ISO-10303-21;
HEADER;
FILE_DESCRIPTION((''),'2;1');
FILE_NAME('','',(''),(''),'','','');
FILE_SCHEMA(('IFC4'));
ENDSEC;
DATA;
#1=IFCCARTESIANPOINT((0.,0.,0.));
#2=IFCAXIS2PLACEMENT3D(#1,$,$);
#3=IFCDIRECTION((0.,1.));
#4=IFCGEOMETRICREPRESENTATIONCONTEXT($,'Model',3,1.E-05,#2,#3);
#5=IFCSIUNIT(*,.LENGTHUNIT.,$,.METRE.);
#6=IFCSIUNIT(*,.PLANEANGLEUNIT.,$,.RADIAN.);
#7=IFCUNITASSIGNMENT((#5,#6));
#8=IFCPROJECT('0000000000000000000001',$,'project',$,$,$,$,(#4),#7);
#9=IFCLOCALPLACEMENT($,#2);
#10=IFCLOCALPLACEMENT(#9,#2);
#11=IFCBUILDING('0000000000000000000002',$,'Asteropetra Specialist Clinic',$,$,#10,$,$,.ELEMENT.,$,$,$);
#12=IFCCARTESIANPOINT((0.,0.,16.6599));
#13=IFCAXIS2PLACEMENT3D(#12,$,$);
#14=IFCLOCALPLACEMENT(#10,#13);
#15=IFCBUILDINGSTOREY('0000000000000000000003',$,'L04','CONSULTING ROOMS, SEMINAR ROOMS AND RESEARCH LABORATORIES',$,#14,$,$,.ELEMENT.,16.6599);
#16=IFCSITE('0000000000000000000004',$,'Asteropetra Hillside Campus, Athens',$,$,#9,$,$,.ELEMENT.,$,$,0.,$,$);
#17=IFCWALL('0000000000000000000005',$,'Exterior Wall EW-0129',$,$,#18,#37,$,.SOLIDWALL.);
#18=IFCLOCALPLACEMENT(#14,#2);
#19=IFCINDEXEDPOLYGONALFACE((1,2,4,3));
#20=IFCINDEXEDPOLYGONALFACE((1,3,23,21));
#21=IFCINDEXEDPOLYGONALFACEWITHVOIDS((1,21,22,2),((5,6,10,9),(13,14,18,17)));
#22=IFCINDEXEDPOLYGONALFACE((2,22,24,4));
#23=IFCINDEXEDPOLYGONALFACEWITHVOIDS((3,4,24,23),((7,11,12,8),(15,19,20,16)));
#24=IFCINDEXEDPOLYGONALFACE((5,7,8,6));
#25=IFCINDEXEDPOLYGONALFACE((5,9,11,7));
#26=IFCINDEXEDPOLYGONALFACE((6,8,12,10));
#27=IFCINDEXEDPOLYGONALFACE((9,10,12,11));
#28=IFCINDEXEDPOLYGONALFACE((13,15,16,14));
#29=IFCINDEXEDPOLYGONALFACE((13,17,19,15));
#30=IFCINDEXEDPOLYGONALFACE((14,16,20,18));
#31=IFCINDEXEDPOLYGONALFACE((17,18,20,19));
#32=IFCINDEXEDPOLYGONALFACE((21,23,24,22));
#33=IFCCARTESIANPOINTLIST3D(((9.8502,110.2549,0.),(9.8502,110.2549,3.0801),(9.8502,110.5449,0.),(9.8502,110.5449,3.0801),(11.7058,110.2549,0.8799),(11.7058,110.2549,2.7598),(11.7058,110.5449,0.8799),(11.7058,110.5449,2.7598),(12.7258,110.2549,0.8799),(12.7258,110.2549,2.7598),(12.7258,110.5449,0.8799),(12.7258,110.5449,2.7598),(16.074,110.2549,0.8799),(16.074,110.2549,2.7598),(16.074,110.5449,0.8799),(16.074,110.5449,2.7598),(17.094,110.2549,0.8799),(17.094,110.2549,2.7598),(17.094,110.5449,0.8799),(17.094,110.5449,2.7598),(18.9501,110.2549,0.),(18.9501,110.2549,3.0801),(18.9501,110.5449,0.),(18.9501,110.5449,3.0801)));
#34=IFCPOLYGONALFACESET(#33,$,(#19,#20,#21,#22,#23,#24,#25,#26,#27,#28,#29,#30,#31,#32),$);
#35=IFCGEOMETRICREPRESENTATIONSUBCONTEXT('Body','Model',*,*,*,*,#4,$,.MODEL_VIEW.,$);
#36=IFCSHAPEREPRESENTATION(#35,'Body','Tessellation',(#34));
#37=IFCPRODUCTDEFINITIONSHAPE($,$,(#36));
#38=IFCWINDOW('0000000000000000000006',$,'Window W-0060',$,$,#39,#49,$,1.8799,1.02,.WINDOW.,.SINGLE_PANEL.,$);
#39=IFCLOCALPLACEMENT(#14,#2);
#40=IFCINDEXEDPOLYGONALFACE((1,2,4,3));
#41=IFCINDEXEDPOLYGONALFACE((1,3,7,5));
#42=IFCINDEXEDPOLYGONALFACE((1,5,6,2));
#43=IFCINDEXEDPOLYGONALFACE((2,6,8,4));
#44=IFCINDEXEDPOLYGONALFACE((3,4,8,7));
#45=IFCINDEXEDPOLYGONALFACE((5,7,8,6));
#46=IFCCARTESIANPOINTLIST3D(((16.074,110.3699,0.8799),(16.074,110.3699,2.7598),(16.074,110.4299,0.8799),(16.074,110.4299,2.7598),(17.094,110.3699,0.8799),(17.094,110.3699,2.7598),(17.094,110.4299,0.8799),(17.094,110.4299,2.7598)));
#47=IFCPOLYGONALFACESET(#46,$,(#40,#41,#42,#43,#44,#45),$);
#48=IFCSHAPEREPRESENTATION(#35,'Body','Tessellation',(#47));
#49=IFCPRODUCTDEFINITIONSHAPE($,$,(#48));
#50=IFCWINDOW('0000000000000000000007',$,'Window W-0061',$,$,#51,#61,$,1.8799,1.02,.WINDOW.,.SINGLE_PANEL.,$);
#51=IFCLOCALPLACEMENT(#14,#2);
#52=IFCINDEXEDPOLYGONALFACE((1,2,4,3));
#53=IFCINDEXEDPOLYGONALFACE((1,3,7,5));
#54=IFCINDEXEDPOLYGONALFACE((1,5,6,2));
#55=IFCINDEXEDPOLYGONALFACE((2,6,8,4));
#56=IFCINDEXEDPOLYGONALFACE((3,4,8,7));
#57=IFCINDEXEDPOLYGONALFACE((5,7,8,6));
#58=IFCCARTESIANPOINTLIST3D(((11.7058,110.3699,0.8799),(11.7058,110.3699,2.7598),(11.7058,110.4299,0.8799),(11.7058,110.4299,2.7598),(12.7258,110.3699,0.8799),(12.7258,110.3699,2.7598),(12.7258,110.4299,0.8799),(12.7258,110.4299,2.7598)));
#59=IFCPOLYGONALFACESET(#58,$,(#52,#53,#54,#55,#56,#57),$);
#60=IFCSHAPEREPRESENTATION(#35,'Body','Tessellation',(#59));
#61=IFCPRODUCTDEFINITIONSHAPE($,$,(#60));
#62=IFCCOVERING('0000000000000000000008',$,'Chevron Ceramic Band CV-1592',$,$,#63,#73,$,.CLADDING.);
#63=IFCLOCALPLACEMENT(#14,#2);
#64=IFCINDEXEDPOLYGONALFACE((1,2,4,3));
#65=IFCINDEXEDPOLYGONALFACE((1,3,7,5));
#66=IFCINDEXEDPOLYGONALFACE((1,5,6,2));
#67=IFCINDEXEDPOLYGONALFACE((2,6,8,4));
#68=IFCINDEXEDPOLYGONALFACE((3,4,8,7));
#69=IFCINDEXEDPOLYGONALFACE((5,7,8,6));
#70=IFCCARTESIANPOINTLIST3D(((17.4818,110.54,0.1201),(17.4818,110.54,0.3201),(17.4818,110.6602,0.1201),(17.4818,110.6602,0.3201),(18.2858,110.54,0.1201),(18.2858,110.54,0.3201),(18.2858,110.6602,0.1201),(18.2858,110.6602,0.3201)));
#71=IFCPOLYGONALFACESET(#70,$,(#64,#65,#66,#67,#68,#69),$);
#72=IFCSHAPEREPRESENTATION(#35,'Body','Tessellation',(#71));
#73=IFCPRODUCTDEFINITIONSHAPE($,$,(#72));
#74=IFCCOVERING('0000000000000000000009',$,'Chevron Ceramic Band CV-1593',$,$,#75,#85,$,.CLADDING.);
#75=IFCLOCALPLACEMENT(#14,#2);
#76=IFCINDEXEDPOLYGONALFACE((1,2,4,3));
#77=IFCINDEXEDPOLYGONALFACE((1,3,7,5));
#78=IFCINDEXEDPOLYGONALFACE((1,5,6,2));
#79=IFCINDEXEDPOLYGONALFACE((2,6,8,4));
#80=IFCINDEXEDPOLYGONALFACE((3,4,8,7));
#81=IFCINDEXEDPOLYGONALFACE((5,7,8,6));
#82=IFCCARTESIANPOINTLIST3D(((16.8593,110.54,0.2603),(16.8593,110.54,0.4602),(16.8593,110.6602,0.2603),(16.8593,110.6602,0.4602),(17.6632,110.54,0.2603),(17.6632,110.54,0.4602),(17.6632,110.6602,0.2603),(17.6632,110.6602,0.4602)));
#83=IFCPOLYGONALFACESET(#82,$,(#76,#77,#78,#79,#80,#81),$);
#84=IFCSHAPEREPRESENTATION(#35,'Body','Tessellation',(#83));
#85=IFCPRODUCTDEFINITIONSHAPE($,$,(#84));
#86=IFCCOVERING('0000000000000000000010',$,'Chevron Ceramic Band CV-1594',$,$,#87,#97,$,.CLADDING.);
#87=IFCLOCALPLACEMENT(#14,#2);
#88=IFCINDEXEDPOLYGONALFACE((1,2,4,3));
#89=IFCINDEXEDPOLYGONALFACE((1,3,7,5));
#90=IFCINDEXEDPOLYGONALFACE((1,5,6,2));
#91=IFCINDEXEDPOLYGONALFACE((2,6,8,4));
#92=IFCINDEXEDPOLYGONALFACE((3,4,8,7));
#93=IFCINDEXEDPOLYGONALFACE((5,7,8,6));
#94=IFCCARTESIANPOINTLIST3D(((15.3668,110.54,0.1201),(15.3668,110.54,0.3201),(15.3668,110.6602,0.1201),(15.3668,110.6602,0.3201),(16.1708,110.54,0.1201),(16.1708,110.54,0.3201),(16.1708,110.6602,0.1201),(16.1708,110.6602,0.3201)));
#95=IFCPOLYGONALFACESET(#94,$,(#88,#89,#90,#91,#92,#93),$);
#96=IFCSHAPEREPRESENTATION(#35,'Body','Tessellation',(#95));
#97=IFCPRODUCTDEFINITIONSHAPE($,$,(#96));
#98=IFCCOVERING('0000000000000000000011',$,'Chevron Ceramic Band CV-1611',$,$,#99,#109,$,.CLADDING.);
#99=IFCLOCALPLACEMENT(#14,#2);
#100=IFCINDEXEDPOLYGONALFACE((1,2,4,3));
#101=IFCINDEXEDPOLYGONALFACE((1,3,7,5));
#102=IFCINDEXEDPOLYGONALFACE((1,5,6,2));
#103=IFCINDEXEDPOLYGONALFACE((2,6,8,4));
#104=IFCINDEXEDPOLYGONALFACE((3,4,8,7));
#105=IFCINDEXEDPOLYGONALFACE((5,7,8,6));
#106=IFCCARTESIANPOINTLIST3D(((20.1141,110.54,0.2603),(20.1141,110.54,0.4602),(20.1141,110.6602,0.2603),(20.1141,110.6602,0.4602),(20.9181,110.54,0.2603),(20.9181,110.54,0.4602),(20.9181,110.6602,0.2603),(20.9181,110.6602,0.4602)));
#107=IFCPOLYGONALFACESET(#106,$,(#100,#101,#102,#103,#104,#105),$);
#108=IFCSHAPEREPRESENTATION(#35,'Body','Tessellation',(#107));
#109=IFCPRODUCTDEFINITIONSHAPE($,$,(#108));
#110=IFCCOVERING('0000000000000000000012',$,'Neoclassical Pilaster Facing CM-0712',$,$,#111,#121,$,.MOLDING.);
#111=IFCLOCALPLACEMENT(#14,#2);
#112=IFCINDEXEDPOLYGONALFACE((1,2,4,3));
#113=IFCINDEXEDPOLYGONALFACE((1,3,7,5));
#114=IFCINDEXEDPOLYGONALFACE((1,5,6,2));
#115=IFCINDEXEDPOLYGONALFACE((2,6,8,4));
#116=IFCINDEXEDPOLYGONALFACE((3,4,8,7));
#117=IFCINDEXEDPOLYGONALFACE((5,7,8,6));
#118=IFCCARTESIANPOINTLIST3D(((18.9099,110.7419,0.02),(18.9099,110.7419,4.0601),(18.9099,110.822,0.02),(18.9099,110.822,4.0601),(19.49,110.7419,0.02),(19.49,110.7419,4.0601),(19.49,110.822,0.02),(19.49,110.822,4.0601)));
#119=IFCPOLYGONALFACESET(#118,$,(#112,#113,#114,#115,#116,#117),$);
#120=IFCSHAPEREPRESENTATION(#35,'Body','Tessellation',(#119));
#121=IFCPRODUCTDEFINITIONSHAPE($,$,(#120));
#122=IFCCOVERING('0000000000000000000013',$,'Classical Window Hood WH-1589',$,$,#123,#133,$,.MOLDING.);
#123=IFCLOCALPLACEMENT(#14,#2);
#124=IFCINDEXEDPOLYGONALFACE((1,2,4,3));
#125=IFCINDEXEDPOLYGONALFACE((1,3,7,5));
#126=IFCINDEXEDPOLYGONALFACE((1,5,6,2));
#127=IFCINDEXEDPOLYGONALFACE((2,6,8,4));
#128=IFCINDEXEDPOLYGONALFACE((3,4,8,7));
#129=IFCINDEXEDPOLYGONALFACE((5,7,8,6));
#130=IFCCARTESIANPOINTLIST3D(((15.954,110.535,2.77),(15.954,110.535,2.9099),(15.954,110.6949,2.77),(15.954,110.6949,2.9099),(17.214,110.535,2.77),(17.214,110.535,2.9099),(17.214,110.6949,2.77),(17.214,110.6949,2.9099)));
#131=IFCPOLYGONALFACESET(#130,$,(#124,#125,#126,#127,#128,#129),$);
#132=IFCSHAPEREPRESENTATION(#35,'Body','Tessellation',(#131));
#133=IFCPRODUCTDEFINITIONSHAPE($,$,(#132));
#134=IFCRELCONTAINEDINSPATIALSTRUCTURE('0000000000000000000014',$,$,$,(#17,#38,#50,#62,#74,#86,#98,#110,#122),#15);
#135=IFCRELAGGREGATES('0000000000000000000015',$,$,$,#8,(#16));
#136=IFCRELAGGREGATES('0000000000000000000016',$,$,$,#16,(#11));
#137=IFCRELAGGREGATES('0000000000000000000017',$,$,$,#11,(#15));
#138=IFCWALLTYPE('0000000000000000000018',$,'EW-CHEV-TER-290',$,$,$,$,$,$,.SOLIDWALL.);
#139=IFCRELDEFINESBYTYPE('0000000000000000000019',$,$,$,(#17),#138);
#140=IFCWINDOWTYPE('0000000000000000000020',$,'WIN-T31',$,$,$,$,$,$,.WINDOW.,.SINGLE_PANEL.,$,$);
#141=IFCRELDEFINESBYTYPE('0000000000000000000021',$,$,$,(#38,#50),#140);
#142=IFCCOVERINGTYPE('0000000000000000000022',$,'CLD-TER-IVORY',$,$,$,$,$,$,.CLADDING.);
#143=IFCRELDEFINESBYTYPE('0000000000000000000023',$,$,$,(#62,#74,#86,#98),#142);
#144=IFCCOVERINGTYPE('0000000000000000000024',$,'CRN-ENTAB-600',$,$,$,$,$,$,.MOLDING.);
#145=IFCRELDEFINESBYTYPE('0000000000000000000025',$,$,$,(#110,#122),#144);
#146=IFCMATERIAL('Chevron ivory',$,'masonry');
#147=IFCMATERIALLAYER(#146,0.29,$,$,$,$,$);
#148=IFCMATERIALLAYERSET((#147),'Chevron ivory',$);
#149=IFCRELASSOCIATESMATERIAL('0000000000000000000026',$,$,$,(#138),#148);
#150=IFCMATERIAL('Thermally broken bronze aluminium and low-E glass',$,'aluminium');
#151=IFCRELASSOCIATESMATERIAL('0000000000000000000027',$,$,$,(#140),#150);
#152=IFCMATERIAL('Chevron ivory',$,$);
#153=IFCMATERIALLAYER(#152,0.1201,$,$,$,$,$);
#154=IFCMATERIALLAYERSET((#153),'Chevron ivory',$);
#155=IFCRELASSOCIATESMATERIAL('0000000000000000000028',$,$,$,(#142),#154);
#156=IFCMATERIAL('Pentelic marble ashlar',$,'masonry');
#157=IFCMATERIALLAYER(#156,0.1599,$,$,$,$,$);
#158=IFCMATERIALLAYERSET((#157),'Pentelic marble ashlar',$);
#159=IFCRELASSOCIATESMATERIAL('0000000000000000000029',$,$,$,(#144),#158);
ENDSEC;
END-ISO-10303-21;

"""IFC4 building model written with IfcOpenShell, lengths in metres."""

from ifc_helpers import new_model, si_unit, direction, frame, frame_2d, origin, origin_2d, place, context, subcontext, project, spatial, rectangle, extrude, material, layer, layer_set, type_object, element, fill, save


model = new_model("IFC4")

# Units and contexts
model_context = context("Model", 3, precision=1e-05, world=origin(), true_north=direction((0.0, 1.0)))
body_context = subcontext(model_context, "Body", "Model", "MODEL_VIEW")
ifc_project = project(units=[si_unit("LENGTHUNIT", "METRE"), si_unit("PLANEANGLEUNIT", "RADIAN")], contexts=[model_context])

# Site, building, storey
site_placement = place(None, origin())
site = spatial("IfcSite", under=ifc_project, at=site_placement, Name="Asteropetra Hillside Campus, Athens", CompositionType="ELEMENT", RefElevation=0.0)
building_placement = place(site_placement, origin())
building = spatial("IfcBuilding", under=site, at=building_placement, Name="Asteropetra Specialist Clinic", CompositionType="ELEMENT")
storey_placement = place(building_placement, frame((0.0, 0.0, 16.6599)))
storey = spatial("IfcBuildingStorey", under=building, at=storey_placement, Name="L04", Description="CONSULTING ROOMS, SEMINAR ROOMS AND RESEARCH LABORATORIES", CompositionType="ELEMENT", Elevation=16.6599)

# Wall, openings, windows
ifc_material_1 = material(Name="Chevron ivory", Category="masonry")
ifc_layer_1 = layer(ifc_material_1, 0.29)
ifc_layer_set_1 = layer_set([ifc_layer_1], Name="Chevron ivory")
wall_type = type_object("IfcWallType", Name="EW-CHEV-TER-290", PredefinedType="SOLIDWALL", material=ifc_layer_set_1)
wall_placement = place(storey_placement, frame((18.95, 110.3999, 0.0), z_axis=(0.0, 0.0, 1.0), x_axis=(-1.0, 0.0, 0.0)))
wall = element("IfcWall", 1, at=wall_placement, inside=storey, type_object=wall_type, Name="Exterior Wall EW-0129", PredefinedType="SOLIDWALL", context=body_context, shape_type="SweptSolid", body=[
    extrude(rectangle(XDim=9.0999, YDim=0.29, at=frame_2d((4.5498, 0.0))), origin(), (0.0, 0.0, 1.0), 3.0801),
])
opening_1_placement = place(wall_placement, frame((1.856, 0.0, 0.8799)))
opening_1 = element("IfcOpeningElement", 2, at=opening_1_placement, cuts=wall, PredefinedType="OPENING", context=body_context, shape_type="SweptSolid", body=[
    extrude(rectangle(XDim=1.02, YDim=1.8799, at=frame_2d((0.51, 0.9399))), frame((0.0, 0.155, 0.0), z_axis=(0.0, -1.0, 0.0), x_axis=(1.0, 0.0, 0.0)), (0.0, 0.0, 1.0), 0.3101),
])
opening_2_placement = place(wall_placement, frame((6.2241, 0.0, 0.8799)))
opening_2 = element("IfcOpeningElement", 3, at=opening_2_placement, cuts=wall, PredefinedType="OPENING", context=body_context, shape_type="SweptSolid", body=[
    extrude(rectangle(XDim=1.02, YDim=1.8799, at=frame_2d((0.51, 0.9399))), frame((0.0, 0.155, 0.0), z_axis=(0.0, -1.0, 0.0), x_axis=(1.0, 0.0, 0.0)), (0.0, 0.0, 1.0), 0.3101),
])
ifc_material_2 = material(Name="Thermally broken bronze aluminium and low-E glass", Category="aluminium")
window_type = type_object("IfcWindowType", Name="WIN-T31", PartitioningType="SINGLE_PANEL", PredefinedType="WINDOW", material=ifc_material_2)
window_1_placement = place(opening_1_placement, origin())
window_1 = element("IfcWindow", 4, at=window_1_placement, inside=storey, type_object=window_type, Name="Window W-0060", OverallHeight=1.8799, OverallWidth=1.02, PartitioningType="SINGLE_PANEL", PredefinedType="WINDOW", context=body_context, shape_type="SweptSolid", body=[
    extrude(rectangle(XDim=1.02, YDim=1.8799, at=frame_2d((0.51, 0.9399))), frame((0.0, 0.03, 0.0), z_axis=(0.0, -1.0, 0.0), x_axis=(1.0, 0.0, 0.0)), (0.0, 0.0, 1.0), 0.0601),
])
fill(opening_1, window_1)
window_2_placement = place(opening_2_placement, origin())
window_2 = element("IfcWindow", 5, at=window_2_placement, inside=storey, type_object=window_type, Name="Window W-0061", OverallHeight=1.8799, OverallWidth=1.02, PartitioningType="SINGLE_PANEL", PredefinedType="WINDOW", context=body_context, shape_type="SweptSolid", body=[
    extrude(rectangle(XDim=1.02, YDim=1.8799, at=frame_2d((0.51, 0.9399))), frame((0.0, 0.03, 0.0), z_axis=(0.0, -1.0, 0.0), x_axis=(1.0, 0.0, 0.0)), (0.0, 0.0, 1.0), 0.0601),
])
fill(opening_2, window_2)

# Coverings
ifc_material_3 = material(Name="Chevron ivory")
ifc_layer_2 = layer(ifc_material_3, 0.1201)
ifc_layer_set_2 = layer_set([ifc_layer_2], Name="Chevron ivory")
covering_type_1 = type_object("IfcCoveringType", Name="CLD-TER-IVORY", PredefinedType="CLADDING", material=ifc_layer_set_2)
for number, where, z_axis, x_axis, name in (
    (6, (17.8838, 110.6001, 0.1201), (0.0, 0.0, 1.0), (1.0, 0.0, 0.0), "Chevron Ceramic Band CV-1592"),
    (7, (17.2612, 110.6001, 0.2603), (0.0, 0.0, 1.0), (1.0, 0.0, 0.0), "Chevron Ceramic Band CV-1593"),
    (8, (15.7688, 110.6001, 0.1201), (0.0, 0.0, 1.0), (1.0, 0.0, 0.0), "Chevron Ceramic Band CV-1594"),
    (9, (20.5161, 110.6001, 0.2603), (0.0, 0.0, 1.0), (1.0, 0.0, 0.0), "Chevron Ceramic Band CV-1611"),
):
    element("IfcCovering", number, at=place(storey_placement, frame(where, z_axis=z_axis, x_axis=x_axis)), inside=storey, type_object=covering_type_1, Name=name, PredefinedType="CLADDING", context=body_context, shape_type="SweptSolid", body=[
        extrude(rectangle(XDim=0.804, YDim=0.1201, at=origin_2d()), origin(), (0.0, 0.0, 1.0), 0.2),
    ])
ifc_material_4 = material(Name="Pentelic marble ashlar", Category="masonry")
ifc_layer_3 = layer(ifc_material_4, 0.1599)
ifc_layer_set_3 = layer_set([ifc_layer_3], Name="Pentelic marble ashlar")
covering_type_2 = type_object("IfcCoveringType", Name="CRN-ENTAB-600", PredefinedType="MOLDING", material=ifc_layer_set_3)
covering_1_placement = place(storey_placement, frame((19.2, 110.782, 0.02), z_axis=(0.0, 0.0, 1.0), x_axis=(1.0, 0.0, 0.0)))
element("IfcCovering", 10, at=covering_1_placement, inside=storey, type_object=covering_type_2, Name="Neoclassical Pilaster Facing CM-0712", PredefinedType="MOLDING", context=body_context, shape_type="SweptSolid", body=[
    extrude(rectangle(XDim=0.5801, YDim=0.0801, at=origin_2d()), origin(), (0.0, 0.0, 1.0), 4.04),
])
covering_2_placement = place(storey_placement, frame((16.584, 110.615, 2.77), z_axis=(0.0, 0.0, 1.0), x_axis=(1.0, 0.0, 0.0)))
element("IfcCovering", 11, at=covering_2_placement, inside=storey, type_object=covering_type_2, Name="Classical Window Hood WH-1589", PredefinedType="MOLDING", context=body_context, shape_type="SweptSolid", body=[
    extrude(rectangle(XDim=1.26, YDim=0.1599, at=origin_2d()), origin(), (0.0, 0.0, 1.0), 0.1399),
])

save(model, "model.ifc")
